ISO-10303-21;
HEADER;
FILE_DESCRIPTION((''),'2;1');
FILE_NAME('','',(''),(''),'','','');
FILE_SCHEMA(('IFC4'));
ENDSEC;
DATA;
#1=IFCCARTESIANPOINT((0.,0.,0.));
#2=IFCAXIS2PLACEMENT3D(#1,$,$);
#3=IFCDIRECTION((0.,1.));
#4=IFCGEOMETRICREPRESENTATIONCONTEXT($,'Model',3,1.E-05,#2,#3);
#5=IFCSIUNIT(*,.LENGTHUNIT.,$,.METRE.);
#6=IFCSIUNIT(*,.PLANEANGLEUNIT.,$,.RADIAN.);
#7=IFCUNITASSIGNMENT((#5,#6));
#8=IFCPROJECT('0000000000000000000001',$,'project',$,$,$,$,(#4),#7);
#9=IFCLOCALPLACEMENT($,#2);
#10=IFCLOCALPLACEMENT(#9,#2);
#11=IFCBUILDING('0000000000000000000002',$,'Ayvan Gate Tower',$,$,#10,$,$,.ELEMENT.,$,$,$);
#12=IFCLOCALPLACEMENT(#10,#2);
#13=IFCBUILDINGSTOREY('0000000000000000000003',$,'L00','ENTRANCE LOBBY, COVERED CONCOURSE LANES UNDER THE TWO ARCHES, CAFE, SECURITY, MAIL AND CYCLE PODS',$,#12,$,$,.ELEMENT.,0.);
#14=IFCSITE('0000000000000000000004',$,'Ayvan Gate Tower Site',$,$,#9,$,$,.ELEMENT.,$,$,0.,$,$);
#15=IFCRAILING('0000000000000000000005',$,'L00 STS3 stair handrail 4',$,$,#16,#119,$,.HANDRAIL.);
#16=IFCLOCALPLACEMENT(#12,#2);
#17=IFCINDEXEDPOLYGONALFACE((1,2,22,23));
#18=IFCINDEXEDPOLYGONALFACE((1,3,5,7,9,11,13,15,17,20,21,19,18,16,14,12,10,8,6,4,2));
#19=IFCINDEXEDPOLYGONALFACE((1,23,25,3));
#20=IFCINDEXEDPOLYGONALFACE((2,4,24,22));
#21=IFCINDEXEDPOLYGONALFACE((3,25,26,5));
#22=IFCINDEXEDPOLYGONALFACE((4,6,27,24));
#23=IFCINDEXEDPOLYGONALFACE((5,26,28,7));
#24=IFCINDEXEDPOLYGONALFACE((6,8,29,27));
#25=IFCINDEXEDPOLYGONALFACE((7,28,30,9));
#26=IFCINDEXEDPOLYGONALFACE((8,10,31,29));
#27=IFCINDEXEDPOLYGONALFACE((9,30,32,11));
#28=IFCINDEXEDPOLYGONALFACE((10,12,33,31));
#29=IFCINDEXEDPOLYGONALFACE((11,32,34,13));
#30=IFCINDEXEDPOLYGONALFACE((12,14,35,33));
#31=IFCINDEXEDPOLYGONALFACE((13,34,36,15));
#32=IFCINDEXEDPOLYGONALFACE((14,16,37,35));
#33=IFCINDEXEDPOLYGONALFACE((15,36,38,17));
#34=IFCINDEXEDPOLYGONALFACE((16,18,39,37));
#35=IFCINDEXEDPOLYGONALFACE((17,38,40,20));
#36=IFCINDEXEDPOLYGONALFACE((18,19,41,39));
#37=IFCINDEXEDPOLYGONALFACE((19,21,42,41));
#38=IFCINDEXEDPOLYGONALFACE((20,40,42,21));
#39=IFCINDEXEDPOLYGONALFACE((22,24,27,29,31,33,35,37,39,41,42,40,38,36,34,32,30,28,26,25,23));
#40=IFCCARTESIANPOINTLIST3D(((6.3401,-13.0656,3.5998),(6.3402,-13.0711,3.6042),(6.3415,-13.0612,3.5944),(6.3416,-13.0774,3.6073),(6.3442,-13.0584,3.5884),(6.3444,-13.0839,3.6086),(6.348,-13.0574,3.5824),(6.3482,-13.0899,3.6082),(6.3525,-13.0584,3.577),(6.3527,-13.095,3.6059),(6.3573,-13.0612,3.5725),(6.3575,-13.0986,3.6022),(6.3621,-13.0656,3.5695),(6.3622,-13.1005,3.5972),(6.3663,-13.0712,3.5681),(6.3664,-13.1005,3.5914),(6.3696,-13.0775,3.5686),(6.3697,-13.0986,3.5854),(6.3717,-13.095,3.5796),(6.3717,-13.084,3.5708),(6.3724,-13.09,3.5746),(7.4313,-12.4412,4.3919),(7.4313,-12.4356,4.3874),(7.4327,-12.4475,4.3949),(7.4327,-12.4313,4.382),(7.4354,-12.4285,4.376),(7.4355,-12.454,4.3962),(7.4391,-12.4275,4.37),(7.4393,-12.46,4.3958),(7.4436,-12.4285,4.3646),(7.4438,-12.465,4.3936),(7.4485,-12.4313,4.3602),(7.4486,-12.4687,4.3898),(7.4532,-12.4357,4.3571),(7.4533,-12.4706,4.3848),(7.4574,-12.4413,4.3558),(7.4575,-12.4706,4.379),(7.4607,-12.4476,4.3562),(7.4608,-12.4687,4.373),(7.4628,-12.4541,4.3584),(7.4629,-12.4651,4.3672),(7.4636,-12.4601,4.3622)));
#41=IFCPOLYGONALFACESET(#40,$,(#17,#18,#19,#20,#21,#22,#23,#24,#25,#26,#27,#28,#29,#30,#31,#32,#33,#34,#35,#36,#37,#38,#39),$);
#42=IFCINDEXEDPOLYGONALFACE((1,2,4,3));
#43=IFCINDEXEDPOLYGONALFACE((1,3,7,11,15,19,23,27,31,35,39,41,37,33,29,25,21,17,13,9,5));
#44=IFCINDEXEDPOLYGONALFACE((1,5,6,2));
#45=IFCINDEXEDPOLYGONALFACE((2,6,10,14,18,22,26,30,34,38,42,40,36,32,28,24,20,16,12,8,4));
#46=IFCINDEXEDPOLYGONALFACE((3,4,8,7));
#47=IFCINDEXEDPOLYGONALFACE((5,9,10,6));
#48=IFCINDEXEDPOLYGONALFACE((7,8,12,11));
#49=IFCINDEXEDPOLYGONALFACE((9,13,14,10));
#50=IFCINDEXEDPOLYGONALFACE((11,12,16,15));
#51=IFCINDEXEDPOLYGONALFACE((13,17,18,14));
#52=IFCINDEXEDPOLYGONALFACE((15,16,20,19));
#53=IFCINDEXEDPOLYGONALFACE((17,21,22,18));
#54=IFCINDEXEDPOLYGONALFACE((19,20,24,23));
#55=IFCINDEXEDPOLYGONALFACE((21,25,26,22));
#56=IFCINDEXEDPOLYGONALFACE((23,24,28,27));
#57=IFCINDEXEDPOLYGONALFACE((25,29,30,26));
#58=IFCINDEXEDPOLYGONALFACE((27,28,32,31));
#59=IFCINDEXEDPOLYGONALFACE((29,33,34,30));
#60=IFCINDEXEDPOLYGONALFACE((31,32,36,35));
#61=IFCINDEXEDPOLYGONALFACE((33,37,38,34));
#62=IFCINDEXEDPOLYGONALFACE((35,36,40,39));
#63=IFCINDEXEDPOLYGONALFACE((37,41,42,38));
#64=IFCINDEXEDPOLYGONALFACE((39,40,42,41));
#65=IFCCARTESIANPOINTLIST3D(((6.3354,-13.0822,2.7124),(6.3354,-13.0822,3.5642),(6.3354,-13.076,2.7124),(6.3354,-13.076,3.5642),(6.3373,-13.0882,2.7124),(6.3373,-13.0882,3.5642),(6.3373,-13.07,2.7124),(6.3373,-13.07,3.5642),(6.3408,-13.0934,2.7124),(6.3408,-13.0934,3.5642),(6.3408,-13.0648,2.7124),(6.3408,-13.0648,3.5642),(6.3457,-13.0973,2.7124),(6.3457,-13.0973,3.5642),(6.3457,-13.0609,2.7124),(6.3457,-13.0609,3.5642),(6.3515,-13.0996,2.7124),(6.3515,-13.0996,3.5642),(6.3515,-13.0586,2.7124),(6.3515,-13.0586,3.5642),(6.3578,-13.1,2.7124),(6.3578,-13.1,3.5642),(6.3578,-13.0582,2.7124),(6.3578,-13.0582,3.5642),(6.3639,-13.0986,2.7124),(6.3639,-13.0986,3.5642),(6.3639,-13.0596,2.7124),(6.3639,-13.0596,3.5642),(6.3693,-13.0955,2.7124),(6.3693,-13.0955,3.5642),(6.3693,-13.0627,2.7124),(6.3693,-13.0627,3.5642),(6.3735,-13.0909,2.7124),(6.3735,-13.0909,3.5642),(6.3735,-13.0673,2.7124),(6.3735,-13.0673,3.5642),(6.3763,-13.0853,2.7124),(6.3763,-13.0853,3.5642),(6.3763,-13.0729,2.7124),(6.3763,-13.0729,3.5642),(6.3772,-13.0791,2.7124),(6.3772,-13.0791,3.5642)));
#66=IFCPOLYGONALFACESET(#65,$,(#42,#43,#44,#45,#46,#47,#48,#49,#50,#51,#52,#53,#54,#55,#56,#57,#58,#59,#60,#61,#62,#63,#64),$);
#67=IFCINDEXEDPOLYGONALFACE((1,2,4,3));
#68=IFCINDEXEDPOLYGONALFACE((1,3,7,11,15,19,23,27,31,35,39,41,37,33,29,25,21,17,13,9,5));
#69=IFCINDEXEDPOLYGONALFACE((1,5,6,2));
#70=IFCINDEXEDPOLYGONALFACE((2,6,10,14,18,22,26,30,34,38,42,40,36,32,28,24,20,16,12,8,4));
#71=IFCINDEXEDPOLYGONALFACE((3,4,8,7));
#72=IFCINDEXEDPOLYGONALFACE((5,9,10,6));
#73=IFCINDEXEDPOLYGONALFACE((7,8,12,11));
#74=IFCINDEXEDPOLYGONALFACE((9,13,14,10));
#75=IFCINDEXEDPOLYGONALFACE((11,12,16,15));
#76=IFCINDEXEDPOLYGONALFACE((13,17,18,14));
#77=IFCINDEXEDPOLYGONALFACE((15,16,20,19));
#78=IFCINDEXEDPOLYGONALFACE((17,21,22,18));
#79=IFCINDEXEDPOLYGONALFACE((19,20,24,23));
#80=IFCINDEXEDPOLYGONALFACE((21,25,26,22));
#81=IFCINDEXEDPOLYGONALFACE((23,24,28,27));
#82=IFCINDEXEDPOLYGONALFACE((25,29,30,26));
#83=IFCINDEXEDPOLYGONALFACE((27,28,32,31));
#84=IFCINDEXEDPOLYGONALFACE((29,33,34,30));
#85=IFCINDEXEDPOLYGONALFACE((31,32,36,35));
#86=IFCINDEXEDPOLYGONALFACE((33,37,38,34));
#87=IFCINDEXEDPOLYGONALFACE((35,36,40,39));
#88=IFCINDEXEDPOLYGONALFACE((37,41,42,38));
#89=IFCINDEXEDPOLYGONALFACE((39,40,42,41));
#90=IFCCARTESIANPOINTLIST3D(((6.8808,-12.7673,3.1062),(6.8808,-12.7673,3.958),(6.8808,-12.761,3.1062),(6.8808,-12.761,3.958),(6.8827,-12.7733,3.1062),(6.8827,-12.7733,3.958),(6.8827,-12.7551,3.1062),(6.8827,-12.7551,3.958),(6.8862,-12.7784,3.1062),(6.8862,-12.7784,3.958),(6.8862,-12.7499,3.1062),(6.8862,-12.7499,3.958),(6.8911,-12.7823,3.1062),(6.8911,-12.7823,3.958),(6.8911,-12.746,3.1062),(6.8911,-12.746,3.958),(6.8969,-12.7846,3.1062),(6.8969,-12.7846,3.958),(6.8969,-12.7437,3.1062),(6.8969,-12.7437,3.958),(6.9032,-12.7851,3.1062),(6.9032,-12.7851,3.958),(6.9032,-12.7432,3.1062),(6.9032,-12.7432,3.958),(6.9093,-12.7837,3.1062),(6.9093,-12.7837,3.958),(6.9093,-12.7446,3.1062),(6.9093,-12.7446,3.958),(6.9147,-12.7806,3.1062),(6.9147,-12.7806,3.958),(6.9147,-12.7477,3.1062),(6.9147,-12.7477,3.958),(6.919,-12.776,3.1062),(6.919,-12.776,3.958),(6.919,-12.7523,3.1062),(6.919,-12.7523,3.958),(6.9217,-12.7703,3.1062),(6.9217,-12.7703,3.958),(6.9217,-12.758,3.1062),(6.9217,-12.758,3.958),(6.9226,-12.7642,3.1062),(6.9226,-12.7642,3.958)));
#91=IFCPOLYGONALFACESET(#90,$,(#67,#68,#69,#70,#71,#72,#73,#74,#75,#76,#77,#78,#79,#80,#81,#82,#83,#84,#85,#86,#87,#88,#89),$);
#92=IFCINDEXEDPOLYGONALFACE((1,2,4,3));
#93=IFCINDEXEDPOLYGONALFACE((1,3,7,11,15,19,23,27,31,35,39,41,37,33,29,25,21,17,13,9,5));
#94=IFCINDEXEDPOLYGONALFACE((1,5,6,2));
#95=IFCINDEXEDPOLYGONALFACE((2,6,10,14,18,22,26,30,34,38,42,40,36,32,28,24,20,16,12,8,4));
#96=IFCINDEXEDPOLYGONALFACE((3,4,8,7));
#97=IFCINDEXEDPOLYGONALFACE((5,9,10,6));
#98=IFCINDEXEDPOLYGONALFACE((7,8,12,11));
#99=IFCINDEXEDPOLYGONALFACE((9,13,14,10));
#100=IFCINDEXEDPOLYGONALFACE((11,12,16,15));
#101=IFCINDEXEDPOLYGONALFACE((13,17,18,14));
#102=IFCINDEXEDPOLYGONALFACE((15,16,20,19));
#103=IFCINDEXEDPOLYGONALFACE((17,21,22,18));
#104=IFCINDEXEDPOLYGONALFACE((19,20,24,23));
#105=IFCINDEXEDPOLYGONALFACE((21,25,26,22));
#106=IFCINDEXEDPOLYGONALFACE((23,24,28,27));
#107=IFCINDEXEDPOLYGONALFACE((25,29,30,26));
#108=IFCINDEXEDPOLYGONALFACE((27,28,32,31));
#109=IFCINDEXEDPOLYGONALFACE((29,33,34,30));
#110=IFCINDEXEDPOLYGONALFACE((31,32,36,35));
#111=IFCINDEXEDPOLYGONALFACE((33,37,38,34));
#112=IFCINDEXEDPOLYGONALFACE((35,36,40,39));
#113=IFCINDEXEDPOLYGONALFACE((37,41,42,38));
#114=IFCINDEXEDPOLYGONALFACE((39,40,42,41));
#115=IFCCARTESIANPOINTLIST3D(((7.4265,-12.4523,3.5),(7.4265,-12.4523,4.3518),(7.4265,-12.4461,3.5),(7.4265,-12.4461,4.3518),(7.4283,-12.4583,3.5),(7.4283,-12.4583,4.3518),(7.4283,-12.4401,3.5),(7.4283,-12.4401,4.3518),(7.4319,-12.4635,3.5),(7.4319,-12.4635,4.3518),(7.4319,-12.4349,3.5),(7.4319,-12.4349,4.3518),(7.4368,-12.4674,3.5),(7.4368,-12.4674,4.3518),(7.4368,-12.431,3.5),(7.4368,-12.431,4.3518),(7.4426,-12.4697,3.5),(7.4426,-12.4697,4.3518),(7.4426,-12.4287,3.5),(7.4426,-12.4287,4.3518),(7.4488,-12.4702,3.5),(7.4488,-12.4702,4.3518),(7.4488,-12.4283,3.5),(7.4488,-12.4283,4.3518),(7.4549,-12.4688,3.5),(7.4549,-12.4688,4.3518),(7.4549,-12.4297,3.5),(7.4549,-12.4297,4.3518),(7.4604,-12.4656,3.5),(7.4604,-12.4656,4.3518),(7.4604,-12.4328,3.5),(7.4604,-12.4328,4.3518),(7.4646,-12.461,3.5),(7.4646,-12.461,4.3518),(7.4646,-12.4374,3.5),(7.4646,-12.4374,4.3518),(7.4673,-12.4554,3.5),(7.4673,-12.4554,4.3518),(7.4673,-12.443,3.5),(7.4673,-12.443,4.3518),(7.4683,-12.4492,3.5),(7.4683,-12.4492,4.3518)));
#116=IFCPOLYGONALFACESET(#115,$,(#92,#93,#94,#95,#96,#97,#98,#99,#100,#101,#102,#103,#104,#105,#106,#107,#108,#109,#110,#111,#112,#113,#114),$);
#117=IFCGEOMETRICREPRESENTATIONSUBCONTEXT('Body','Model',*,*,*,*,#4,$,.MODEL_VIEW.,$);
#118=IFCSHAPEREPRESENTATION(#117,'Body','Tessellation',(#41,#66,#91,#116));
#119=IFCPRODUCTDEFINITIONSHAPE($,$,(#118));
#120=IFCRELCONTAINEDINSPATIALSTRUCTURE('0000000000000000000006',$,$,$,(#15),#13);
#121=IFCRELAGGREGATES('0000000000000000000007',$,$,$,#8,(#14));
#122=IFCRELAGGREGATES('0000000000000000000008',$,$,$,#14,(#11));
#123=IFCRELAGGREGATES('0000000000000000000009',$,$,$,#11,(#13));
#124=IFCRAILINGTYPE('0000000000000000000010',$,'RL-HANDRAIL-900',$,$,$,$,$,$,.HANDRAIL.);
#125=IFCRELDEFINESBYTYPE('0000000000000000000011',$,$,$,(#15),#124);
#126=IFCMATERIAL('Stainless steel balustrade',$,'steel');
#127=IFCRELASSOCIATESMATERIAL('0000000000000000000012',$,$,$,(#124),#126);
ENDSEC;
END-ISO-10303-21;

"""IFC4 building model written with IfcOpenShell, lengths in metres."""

from ifc_helpers import new_model, si_unit, direction, frame, origin, origin_2d, place, context, subcontext, project, spatial, circle, extrude, material, type_object, element, save


model = new_model("IFC4")

# Units and contexts
model_context = context("Model", 3, precision=1e-05, world=origin(), true_north=direction((0.0, 1.0)))
body_context = subcontext(model_context, "Body", "Model", "MODEL_VIEW")
ifc_project = project(units=[si_unit("LENGTHUNIT", "METRE"), si_unit("PLANEANGLEUNIT", "RADIAN")], contexts=[model_context])

# Site, building, storey
site_placement = place(None, origin())
site = spatial("IfcSite", under=ifc_project, at=site_placement, Name="Ayvan Gate Tower Site", CompositionType="ELEMENT", RefElevation=0.0)
building_placement = place(site_placement, origin())
building = spatial("IfcBuilding", under=site, at=building_placement, Name="Ayvan Gate Tower", CompositionType="ELEMENT")
storey_placement = place(building_placement, origin())
storey = spatial("IfcBuildingStorey", under=building, at=storey_placement, Name="L00", Description="ENTRANCE LOBBY, COVERED CONCOURSE LANES UNDER THE TWO ARCHES, CAFE, SECURITY, MAIL AND CYCLE PODS", CompositionType="ELEMENT", Elevation=0.0)

# Railing
ifc_material_1 = material(Name="Stainless steel balustrade", Category="steel")
railing_type_1 = type_object("IfcRailingType", Name="RL-HANDRAIL-900", PredefinedType="HANDRAIL", material=ifc_material_1)
railing_1_placement = place(storey_placement, frame((6.3562, -13.0791, 2.7124)))
element("IfcRailing", 1, at=railing_1_placement, inside=storey, type_object=railing_type_1, Name="L00 STS3 stair handrail 4", PredefinedType="HANDRAIL", context=body_context, shape_type="SweptSolid", body=[
    extrude(circle(Radius=0.0239, at=origin_2d()), frame((0.0, 0.0, 0.876), z_axis=(0.734347, 0.423946, 0.530097), x_axis=(-0.499974, 0.86604, 0.0)), (0.0, 0.0, 1.0), 1.4858),
    extrude(circle(Radius=0.021, at=origin_2d()), origin(), (0.0, 0.0, 1.0), 0.8518),
    extrude(circle(Radius=0.021, at=origin_2d()), frame((0.5454, 0.3149, 0.3938)), (0.0, 0.0, 1.0), 0.8518),
    extrude(circle(Radius=0.021, at=origin_2d()), frame((1.0911, 0.6299, 0.7876)), (0.0, 0.0, 1.0), 0.8518),
])

save(model, "model.ifc")
